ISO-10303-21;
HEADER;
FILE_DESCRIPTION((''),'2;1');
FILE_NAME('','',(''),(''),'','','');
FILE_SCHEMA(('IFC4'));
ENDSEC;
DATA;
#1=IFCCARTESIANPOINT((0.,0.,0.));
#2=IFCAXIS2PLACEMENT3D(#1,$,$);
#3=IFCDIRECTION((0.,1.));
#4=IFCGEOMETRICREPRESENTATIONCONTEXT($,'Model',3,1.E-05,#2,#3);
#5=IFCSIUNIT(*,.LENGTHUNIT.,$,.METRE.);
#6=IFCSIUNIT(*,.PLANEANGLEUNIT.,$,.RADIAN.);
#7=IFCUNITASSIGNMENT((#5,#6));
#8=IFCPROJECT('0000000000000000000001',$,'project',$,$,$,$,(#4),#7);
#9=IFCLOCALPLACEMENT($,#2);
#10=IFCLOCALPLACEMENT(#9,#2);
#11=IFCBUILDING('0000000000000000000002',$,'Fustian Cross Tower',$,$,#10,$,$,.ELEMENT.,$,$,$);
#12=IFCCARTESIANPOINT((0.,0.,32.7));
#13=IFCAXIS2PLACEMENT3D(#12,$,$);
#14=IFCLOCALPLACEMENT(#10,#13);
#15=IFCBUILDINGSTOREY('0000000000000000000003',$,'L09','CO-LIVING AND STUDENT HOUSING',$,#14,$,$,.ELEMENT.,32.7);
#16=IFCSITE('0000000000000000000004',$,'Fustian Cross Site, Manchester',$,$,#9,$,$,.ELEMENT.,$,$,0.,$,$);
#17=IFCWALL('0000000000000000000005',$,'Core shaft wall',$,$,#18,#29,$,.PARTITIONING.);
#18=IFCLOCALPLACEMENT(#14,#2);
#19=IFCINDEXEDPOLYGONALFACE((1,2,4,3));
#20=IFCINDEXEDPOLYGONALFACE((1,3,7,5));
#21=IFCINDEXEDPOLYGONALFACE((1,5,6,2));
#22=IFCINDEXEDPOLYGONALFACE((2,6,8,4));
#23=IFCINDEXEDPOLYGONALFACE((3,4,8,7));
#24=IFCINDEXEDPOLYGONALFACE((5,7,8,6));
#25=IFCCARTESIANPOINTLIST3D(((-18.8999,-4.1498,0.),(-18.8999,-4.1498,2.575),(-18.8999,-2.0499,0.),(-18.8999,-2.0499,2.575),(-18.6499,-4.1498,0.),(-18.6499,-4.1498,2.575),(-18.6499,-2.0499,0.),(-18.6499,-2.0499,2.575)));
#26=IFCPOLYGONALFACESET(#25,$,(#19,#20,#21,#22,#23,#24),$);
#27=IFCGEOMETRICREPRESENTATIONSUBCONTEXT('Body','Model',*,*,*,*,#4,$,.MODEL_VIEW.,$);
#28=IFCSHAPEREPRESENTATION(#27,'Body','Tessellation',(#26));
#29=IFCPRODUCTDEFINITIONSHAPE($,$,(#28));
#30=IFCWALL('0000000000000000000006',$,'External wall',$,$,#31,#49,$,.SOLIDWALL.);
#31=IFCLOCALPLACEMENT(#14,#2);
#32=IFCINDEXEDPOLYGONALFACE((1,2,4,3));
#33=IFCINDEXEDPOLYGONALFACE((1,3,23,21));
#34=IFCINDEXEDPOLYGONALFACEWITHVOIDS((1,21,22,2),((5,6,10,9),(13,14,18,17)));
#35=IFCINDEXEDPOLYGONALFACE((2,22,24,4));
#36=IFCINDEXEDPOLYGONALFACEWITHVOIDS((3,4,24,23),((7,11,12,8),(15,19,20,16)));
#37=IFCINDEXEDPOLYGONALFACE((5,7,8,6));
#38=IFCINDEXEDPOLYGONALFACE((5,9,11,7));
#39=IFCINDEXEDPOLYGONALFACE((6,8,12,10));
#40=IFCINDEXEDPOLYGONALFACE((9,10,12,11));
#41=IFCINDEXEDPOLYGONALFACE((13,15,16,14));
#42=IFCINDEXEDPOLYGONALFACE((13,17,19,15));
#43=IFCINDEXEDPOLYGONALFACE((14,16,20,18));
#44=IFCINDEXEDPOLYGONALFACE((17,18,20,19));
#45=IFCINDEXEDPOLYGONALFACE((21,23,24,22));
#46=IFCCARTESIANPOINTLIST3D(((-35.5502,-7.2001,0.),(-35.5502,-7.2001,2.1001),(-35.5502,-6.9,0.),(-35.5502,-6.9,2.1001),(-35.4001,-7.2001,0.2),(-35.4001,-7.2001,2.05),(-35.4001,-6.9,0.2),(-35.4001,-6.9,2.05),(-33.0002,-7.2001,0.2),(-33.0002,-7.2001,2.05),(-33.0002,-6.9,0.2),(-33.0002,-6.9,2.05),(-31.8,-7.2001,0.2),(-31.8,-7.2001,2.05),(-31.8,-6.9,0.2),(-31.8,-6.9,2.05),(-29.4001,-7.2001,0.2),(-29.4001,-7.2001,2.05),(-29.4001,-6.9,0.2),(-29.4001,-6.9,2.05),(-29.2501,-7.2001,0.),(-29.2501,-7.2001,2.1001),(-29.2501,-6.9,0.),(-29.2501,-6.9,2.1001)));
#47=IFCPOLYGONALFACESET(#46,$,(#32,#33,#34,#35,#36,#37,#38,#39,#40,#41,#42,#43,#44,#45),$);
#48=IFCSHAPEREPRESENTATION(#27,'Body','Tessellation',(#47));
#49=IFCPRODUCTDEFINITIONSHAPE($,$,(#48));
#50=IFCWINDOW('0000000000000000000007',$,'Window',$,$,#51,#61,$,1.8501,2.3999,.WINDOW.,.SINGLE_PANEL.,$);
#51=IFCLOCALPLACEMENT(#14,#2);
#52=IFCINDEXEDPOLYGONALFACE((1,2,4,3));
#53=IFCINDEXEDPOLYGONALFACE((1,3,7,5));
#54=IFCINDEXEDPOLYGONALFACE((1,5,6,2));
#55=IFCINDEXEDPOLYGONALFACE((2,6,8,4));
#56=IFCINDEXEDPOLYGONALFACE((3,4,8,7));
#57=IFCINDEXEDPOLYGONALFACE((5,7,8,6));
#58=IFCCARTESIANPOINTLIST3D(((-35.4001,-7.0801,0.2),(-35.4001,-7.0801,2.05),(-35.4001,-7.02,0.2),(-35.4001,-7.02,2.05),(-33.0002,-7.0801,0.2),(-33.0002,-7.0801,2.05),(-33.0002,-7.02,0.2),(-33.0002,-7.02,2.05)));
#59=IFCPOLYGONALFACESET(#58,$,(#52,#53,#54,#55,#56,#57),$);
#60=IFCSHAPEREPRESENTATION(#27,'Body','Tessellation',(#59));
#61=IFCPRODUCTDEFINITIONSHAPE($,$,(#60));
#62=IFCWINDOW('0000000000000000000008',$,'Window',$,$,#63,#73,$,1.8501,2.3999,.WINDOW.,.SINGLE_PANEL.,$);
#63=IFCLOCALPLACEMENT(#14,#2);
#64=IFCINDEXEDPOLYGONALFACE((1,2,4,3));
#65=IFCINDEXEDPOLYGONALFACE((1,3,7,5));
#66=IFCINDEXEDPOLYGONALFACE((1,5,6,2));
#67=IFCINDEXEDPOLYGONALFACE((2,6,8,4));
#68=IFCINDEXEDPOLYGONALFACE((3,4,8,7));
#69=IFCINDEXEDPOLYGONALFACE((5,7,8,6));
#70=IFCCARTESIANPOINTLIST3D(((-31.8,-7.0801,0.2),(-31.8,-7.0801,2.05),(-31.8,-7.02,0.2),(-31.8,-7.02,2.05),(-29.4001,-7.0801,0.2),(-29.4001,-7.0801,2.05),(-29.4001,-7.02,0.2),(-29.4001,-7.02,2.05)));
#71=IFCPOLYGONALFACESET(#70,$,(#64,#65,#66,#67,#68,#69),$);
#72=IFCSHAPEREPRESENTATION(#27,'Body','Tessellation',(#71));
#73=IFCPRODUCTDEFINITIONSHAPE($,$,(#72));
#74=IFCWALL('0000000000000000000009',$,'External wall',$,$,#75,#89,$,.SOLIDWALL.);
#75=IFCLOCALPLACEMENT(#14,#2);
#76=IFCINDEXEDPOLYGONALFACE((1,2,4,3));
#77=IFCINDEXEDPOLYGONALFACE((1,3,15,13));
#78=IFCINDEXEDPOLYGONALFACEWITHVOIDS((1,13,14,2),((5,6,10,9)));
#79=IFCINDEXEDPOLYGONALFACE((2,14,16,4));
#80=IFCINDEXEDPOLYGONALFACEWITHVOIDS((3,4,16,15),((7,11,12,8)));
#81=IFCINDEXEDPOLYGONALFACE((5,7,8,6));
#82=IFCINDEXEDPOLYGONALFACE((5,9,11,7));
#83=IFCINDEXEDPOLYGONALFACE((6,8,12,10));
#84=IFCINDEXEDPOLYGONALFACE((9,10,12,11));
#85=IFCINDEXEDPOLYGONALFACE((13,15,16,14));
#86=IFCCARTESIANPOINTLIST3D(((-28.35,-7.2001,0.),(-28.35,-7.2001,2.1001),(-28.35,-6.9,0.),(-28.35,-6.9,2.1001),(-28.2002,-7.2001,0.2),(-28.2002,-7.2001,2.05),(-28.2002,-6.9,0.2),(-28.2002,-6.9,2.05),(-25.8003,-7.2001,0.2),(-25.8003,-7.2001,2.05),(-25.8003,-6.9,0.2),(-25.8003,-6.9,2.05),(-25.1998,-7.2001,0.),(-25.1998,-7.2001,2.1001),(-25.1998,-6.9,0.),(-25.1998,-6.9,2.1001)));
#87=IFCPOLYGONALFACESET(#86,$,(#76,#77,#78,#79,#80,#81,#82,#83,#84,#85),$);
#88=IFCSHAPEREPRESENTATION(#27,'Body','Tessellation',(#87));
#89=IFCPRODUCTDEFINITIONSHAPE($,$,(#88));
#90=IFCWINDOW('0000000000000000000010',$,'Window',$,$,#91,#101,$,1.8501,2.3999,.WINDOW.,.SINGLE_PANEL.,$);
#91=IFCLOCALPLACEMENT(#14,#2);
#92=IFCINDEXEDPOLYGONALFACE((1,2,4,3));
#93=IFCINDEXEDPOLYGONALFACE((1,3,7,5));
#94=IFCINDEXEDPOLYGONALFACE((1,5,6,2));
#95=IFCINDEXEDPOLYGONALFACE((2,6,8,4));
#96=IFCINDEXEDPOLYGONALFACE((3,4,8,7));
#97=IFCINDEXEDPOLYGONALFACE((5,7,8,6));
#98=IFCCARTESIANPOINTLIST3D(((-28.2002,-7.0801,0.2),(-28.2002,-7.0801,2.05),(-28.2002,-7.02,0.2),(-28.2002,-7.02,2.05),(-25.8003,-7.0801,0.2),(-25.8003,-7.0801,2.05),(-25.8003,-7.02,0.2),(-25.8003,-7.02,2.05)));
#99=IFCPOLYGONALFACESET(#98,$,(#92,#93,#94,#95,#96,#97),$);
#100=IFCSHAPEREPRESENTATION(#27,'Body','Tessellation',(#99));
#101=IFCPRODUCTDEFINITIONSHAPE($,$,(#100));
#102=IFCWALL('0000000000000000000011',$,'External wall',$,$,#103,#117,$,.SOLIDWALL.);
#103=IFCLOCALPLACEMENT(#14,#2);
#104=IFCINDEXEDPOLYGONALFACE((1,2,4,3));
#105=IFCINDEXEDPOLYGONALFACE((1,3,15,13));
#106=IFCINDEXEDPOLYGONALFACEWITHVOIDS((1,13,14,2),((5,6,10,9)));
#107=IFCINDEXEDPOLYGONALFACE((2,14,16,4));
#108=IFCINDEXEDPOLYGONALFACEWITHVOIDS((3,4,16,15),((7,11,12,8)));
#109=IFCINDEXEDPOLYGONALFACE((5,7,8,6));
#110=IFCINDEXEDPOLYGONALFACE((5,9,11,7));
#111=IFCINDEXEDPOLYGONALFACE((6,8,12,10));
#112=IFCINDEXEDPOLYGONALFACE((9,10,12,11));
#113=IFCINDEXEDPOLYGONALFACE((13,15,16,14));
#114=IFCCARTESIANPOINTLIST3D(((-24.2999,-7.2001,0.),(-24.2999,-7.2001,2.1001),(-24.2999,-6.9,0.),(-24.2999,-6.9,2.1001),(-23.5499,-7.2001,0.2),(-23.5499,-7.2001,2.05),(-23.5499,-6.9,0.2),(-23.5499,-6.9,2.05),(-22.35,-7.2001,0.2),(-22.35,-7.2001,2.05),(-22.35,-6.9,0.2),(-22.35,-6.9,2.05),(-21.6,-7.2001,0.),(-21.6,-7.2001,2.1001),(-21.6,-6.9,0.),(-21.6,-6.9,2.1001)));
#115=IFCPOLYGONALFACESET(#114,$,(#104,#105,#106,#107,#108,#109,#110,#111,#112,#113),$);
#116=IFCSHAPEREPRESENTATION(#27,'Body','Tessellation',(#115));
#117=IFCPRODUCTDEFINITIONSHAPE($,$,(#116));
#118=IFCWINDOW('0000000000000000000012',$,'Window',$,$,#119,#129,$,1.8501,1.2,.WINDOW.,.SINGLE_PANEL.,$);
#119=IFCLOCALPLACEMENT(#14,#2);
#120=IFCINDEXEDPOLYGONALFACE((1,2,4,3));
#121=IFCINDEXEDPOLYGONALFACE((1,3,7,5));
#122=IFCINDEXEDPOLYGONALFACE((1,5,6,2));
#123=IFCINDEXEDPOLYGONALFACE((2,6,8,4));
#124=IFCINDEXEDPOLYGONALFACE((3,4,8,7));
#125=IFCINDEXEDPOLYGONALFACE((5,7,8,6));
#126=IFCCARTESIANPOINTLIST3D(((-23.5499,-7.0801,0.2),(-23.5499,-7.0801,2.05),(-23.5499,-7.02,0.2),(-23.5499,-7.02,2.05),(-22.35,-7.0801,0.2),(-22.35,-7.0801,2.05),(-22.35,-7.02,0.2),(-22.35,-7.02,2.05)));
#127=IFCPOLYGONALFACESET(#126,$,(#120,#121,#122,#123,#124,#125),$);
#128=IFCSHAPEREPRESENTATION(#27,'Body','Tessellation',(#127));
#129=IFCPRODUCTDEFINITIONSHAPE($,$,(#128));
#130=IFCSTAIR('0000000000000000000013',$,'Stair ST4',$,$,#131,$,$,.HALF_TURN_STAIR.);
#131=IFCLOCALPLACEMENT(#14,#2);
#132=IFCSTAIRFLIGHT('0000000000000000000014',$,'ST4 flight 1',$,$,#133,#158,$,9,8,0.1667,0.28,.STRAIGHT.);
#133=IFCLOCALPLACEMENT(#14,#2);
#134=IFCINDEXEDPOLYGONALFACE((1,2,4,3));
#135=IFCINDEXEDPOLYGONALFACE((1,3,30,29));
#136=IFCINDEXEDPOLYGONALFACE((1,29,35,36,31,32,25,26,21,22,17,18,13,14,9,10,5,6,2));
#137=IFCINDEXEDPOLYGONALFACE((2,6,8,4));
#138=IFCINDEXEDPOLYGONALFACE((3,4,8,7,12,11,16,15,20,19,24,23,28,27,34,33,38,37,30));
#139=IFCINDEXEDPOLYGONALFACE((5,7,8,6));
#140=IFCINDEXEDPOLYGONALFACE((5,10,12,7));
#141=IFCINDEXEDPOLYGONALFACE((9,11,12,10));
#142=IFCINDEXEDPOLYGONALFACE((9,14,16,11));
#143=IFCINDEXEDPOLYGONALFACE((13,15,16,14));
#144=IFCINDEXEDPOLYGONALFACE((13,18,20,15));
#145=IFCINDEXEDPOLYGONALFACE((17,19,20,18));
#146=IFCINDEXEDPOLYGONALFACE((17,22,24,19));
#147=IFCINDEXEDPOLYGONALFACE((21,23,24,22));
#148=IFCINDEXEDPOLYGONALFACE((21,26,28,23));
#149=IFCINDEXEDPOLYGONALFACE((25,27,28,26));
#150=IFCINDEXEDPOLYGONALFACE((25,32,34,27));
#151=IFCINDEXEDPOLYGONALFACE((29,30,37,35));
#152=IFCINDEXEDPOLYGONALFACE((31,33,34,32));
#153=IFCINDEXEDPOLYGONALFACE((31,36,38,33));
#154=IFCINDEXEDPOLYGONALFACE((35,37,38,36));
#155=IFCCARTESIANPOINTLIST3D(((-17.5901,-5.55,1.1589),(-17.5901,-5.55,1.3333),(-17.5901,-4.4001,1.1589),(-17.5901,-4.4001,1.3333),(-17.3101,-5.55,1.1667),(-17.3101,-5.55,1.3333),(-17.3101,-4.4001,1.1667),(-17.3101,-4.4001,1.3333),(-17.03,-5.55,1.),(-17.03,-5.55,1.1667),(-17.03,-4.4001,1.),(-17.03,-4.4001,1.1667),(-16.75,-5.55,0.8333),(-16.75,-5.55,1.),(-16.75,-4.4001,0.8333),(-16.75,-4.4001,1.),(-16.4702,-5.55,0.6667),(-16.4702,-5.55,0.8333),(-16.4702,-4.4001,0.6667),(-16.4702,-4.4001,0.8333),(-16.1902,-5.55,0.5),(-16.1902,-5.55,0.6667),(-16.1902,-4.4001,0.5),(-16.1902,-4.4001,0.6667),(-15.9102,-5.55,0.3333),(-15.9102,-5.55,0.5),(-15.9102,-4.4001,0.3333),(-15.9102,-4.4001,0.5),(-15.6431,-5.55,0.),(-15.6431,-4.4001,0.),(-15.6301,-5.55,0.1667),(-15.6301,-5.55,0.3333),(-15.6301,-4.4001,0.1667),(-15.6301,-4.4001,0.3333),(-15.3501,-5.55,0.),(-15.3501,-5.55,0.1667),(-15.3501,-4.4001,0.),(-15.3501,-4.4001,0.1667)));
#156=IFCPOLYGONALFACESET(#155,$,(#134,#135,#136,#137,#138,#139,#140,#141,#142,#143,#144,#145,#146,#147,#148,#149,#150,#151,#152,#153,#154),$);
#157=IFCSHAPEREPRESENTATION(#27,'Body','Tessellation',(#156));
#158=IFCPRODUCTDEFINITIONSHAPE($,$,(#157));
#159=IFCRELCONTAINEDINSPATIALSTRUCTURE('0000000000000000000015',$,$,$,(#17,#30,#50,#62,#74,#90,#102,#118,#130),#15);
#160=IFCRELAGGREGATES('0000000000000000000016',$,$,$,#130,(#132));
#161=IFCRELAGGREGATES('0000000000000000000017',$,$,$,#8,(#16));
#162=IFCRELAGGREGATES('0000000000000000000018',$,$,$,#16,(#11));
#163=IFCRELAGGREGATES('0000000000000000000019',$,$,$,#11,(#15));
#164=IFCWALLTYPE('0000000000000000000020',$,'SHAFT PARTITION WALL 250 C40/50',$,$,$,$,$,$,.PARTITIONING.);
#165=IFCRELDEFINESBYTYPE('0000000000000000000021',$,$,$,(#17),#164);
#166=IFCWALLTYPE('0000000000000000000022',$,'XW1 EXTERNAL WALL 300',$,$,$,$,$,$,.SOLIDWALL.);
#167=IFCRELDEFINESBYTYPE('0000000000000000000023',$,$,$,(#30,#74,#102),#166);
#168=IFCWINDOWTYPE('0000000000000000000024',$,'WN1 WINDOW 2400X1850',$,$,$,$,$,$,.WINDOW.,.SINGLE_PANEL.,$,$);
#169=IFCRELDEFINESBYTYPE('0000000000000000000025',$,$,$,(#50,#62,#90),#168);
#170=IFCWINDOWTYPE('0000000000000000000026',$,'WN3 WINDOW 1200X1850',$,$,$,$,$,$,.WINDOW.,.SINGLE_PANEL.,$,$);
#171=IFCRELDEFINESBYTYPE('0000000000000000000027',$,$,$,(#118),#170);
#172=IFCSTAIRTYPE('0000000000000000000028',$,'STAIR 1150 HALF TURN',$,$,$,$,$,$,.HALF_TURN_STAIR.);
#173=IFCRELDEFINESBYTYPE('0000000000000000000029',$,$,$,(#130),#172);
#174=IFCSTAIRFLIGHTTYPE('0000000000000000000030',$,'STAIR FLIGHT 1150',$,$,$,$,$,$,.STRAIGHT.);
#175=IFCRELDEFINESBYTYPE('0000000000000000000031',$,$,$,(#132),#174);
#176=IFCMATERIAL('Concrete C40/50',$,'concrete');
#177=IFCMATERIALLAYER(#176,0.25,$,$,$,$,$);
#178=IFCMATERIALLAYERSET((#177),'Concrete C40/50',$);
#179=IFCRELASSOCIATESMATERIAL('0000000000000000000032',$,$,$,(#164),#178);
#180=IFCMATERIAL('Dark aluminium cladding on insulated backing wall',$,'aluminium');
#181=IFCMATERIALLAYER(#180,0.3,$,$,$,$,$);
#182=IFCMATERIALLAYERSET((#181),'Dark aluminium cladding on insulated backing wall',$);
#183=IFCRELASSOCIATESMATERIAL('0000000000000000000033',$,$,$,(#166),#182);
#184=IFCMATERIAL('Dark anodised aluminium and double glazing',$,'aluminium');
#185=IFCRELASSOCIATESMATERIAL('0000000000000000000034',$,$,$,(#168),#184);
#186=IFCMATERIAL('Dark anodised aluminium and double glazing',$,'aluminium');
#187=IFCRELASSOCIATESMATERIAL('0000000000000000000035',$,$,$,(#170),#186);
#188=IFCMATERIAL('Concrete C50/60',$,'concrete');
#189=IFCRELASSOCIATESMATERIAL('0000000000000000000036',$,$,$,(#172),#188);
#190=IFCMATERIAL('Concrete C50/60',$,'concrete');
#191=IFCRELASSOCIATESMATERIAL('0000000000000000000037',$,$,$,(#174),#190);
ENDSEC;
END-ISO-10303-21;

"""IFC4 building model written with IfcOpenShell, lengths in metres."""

from ifc_helpers import new_model, si_unit, direction, frame, frame_2d, origin, place, context, subcontext, project, spatial, polyline, rectangle, outline, extrude, material, layer, layer_set, type_object, element, fill, aggregate, save


model = new_model("IFC4")

# Units and contexts
model_context = context("Model", 3, precision=1e-05, world=origin(), true_north=direction((0.0, 1.0)))
body_context = subcontext(model_context, "Body", "Model", "MODEL_VIEW")
ifc_project = project(units=[si_unit("LENGTHUNIT", "METRE"), si_unit("PLANEANGLEUNIT", "RADIAN")], contexts=[model_context])

# Site, building, storey
site_placement = place(None, origin())
site = spatial("IfcSite", under=ifc_project, at=site_placement, Name="Fustian Cross Site, Manchester", CompositionType="ELEMENT", RefElevation=0.0)
building_placement = place(site_placement, origin())
building = spatial("IfcBuilding", under=site, at=building_placement, Name="Fustian Cross Tower", CompositionType="ELEMENT")
storey_placement = place(building_placement, frame((0.0, 0.0, 32.7)))
storey = spatial("IfcBuildingStorey", under=building, at=storey_placement, Name="L09", Description="CO-LIVING AND STUDENT HOUSING", CompositionType="ELEMENT", Elevation=32.7)

# Wall
ifc_material_1 = material(Name="Concrete C40/50", Category="concrete")
ifc_layer_1 = layer(ifc_material_1, 0.25)
ifc_layer_set_1 = layer_set([ifc_layer_1], Name="Concrete C40/50")
wall_type_1 = type_object("IfcWallType", Name="SHAFT PARTITION WALL 250 C40/50", PredefinedType="PARTITIONING", material=ifc_layer_set_1)
wall_1_placement = place(storey_placement, frame((-18.7749, -2.05, 0.0), z_axis=(0.0, 0.0, 1.0), x_axis=(0.0, -1.0, 0.0)))
element("IfcWall", 1, at=wall_1_placement, inside=storey, type_object=wall_type_1, Name="Core shaft wall", PredefinedType="PARTITIONING", context=body_context, shape_type="SweptSolid", body=[
    extrude(rectangle(XDim=2.0999, YDim=0.25, at=frame_2d((1.0498, 0.0))), origin(), (0.0, 0.0, 1.0), 2.575),
])

# Wall, openings, windows
ifc_material_2 = material(Name="Dark aluminium cladding on insulated backing wall", Category="aluminium")
ifc_layer_2 = layer(ifc_material_2, 0.3)
ifc_layer_set_2 = layer_set([ifc_layer_2], Name="Dark aluminium cladding on insulated backing wall")
wall_type_2 = type_object("IfcWallType", Name="XW1 EXTERNAL WALL 300", PredefinedType="SOLIDWALL", material=ifc_layer_set_2)
wall_2_placement = place(storey_placement, frame((-35.55, -7.05, 0.0), z_axis=(0.0, 0.0, 1.0), x_axis=(1.0, 0.0, 0.0)))
wall_2 = element("IfcWall", 2, at=wall_2_placement, inside=storey, type_object=wall_type_2, Name="External wall", PredefinedType="SOLIDWALL", context=body_context, shape_type="SweptSolid", body=[
    extrude(rectangle(XDim=6.3, YDim=0.3, at=frame_2d((3.1499, 0.0))), origin(), (0.0, 0.0, 1.0), 2.1001),
])
opening_1_placement = place(wall_2_placement, frame((0.1499, 0.0, 0.2)))
opening_1 = element("IfcOpeningElement", 3, at=opening_1_placement, cuts=wall_2, PredefinedType="OPENING", context=body_context, shape_type="SweptSolid", body=[
    extrude(rectangle(XDim=2.3999, YDim=1.8501, at=frame_2d((1.2, 0.925))), frame((0.0, 0.1599, 0.0), z_axis=(0.0, -1.0, 0.0), x_axis=(1.0, 0.0, 0.0)), (0.0, 0.0, 1.0), 0.3201),
])
opening_2_placement = place(wall_2_placement, frame((3.75, 0.0, 0.2)))
opening_2 = element("IfcOpeningElement", 4, at=opening_2_placement, cuts=wall_2, PredefinedType="OPENING", context=body_context, shape_type="SweptSolid", body=[
    extrude(rectangle(XDim=2.3999, YDim=1.8501, at=frame_2d((1.2, 0.925))), frame((0.0, 0.1599, 0.0), z_axis=(0.0, -1.0, 0.0), x_axis=(1.0, 0.0, 0.0)), (0.0, 0.0, 1.0), 0.3201),
])
ifc_material_3 = material(Name="Dark anodised aluminium and double glazing", Category="aluminium")
window_type_1 = type_object("IfcWindowType", Name="WN1 WINDOW 2400X1850", PartitioningType="SINGLE_PANEL", PredefinedType="WINDOW", material=ifc_material_3)
window_1_placement = place(opening_1_placement, origin())
window_1 = element("IfcWindow", 5, at=window_1_placement, inside=storey, type_object=window_type_1, Name="Window", OverallHeight=1.8501, OverallWidth=2.3999, PartitioningType="SINGLE_PANEL", PredefinedType="WINDOW", context=body_context, shape_type="SweptSolid", body=[
    extrude(rectangle(XDim=2.3999, YDim=1.8501, at=frame_2d((1.2, 0.925))), frame((0.0, 0.03, 0.0), z_axis=(0.0, -1.0, 0.0), x_axis=(1.0, 0.0, 0.0)), (0.0, 0.0, 1.0), 0.0601),
])
fill(opening_1, window_1)
window_2_placement = place(opening_2_placement, origin())
window_2 = element("IfcWindow", 6, at=window_2_placement, inside=storey, type_object=window_type_1, Name="Window", OverallHeight=1.8501, OverallWidth=2.3999, PartitioningType="SINGLE_PANEL", PredefinedType="WINDOW", context=body_context, shape_type="SweptSolid", body=[
    extrude(rectangle(XDim=2.3999, YDim=1.8501, at=frame_2d((1.2, 0.925))), frame((0.0, 0.03, 0.0), z_axis=(0.0, -1.0, 0.0), x_axis=(1.0, 0.0, 0.0)), (0.0, 0.0, 1.0), 0.0601),
])
fill(opening_2, window_2)

# Walls, openings, windows
wall_3_placement = place(storey_placement, frame((-28.3501, -7.05, 0.0), z_axis=(0.0, 0.0, 1.0), x_axis=(1.0, 0.0, 0.0)))
wall_3 = element("IfcWall", 7, at=wall_3_placement, inside=storey, type_object=wall_type_2, Name="External wall", PredefinedType="SOLIDWALL", context=body_context, shape_type="SweptSolid", body=[
    extrude(rectangle(XDim=3.1501, YDim=0.3, at=frame_2d((1.5752, 0.0))), origin(), (0.0, 0.0, 1.0), 2.1001),
])
opening_3_placement = place(wall_3_placement, frame((0.1499, 0.0, 0.2)))
opening_3 = element("IfcOpeningElement", 8, at=opening_3_placement, cuts=wall_3, PredefinedType="OPENING", context=body_context, shape_type="SweptSolid", body=[
    extrude(rectangle(XDim=2.3999, YDim=1.8501, at=frame_2d((1.2, 0.925))), frame((0.0, 0.1599, 0.0), z_axis=(0.0, -1.0, 0.0), x_axis=(1.0, 0.0, 0.0)), (0.0, 0.0, 1.0), 0.3201),
])
window_3_placement = place(opening_3_placement, origin())
window_3 = element("IfcWindow", 9, at=window_3_placement, inside=storey, type_object=window_type_1, Name="Window", OverallHeight=1.8501, OverallWidth=2.3999, PartitioningType="SINGLE_PANEL", PredefinedType="WINDOW", context=body_context, shape_type="SweptSolid", body=[
    extrude(rectangle(XDim=2.3999, YDim=1.8501, at=frame_2d((1.2, 0.925))), frame((0.0, 0.03, 0.0), z_axis=(0.0, -1.0, 0.0), x_axis=(1.0, 0.0, 0.0)), (0.0, 0.0, 1.0), 0.0601),
])
fill(opening_3, window_3)
wall_4_placement = place(storey_placement, frame((-24.3, -7.05, 0.0), z_axis=(0.0, 0.0, 1.0), x_axis=(1.0, 0.0, 0.0)))
wall_4 = element("IfcWall", 10, at=wall_4_placement, inside=storey, type_object=wall_type_2, Name="External wall", PredefinedType="SOLIDWALL", context=body_context, shape_type="SweptSolid", body=[
    extrude(rectangle(XDim=2.7, YDim=0.3, at=frame_2d((1.3501, 0.0))), origin(), (0.0, 0.0, 1.0), 2.1001),
])
opening_4_placement = place(wall_4_placement, frame((0.75, 0.0, 0.2)))
opening_4 = element("IfcOpeningElement", 11, at=opening_4_placement, cuts=wall_4, PredefinedType="OPENING", context=body_context, shape_type="SweptSolid", body=[
    extrude(rectangle(XDim=1.2, YDim=1.8501, at=frame_2d((0.6001, 0.925))), frame((0.0, 0.1599, 0.0), z_axis=(0.0, -1.0, 0.0), x_axis=(1.0, 0.0, 0.0)), (0.0, 0.0, 1.0), 0.3201),
])
ifc_material_4 = material(Name="Dark anodised aluminium and double glazing", Category="aluminium")
window_type_2 = type_object("IfcWindowType", Name="WN3 WINDOW 1200X1850", PartitioningType="SINGLE_PANEL", PredefinedType="WINDOW", material=ifc_material_4)
window_4_placement = place(opening_4_placement, origin())
window_4 = element("IfcWindow", 12, at=window_4_placement, inside=storey, type_object=window_type_2, Name="Window", OverallHeight=1.8501, OverallWidth=1.2, PartitioningType="SINGLE_PANEL", PredefinedType="WINDOW", context=body_context, shape_type="SweptSolid", body=[
    extrude(rectangle(XDim=1.2, YDim=1.8501, at=frame_2d((0.6001, 0.925))), frame((0.0, 0.03, 0.0), z_axis=(0.0, -1.0, 0.0), x_axis=(1.0, 0.0, 0.0)), (0.0, 0.0, 1.0), 0.0601),
])
fill(opening_4, window_4)

# Stair, stair flight
ifc_material_5 = material(Name="Concrete C50/60", Category="concrete")
stair_type = type_object("IfcStairType", Name="STAIR 1150 HALF TURN", PredefinedType="HALF_TURN_STAIR", material=ifc_material_5)
stair_placement = place(storey_placement, origin())
stair = element("IfcStair", 13, at=stair_placement, inside=storey, type_object=stair_type, Name="Stair ST4", PredefinedType="HALF_TURN_STAIR")
ifc_material_6 = material(Name="Concrete C50/60", Category="concrete")
stair_flight_type = type_object("IfcStairFlightType", Name="STAIR FLIGHT 1150", PredefinedType="STRAIGHT", material=ifc_material_6)
stair_flight_1_placement = place(storey_placement, frame((-15.3501, -4.9751, 0.0), z_axis=(0.0, 0.0, 1.0), x_axis=(-1.0, 0.0, 0.0)))
stair_flight_1 = element("IfcStairFlight", 14, at=stair_flight_1_placement, type_object=stair_flight_type, Name="ST4 flight 1", NumberOfRisers=9, NumberOfTreads=8, PredefinedType="STRAIGHT", RiserHeight=0.1667, TreadLength=0.28, context=body_context, shape_type="SweptSolid", body=[
    extrude(outline(polyline([(0.0, 0.0), (0.0, 0.1667), (0.28, 0.1667), (0.28, 0.3333), (0.5601, 0.3333), (0.5601, 0.5), (0.8401, 0.5), (0.8401, 0.6667), (1.1201, 0.6667), (1.1201, 0.8333), (1.3999, 0.8333), (1.3999, 1.0), (1.6799, 1.0), (1.6799, 1.1667), (1.96, 1.1667), (1.96, 1.3333), (2.24, 1.3333), (2.24, 1.5), (2.24, 1.1589), (0.293, 0.0), (0.0, 0.0)])), frame((0.0, 0.575, 0.0), z_axis=(0.0, -1.0, 0.0), x_axis=(1.0, 0.0, 0.0)), (0.0, 0.0, 1.0), 1.1499),
])
aggregate(stair, [stair_flight_1])

save(model, "model.ifc")
